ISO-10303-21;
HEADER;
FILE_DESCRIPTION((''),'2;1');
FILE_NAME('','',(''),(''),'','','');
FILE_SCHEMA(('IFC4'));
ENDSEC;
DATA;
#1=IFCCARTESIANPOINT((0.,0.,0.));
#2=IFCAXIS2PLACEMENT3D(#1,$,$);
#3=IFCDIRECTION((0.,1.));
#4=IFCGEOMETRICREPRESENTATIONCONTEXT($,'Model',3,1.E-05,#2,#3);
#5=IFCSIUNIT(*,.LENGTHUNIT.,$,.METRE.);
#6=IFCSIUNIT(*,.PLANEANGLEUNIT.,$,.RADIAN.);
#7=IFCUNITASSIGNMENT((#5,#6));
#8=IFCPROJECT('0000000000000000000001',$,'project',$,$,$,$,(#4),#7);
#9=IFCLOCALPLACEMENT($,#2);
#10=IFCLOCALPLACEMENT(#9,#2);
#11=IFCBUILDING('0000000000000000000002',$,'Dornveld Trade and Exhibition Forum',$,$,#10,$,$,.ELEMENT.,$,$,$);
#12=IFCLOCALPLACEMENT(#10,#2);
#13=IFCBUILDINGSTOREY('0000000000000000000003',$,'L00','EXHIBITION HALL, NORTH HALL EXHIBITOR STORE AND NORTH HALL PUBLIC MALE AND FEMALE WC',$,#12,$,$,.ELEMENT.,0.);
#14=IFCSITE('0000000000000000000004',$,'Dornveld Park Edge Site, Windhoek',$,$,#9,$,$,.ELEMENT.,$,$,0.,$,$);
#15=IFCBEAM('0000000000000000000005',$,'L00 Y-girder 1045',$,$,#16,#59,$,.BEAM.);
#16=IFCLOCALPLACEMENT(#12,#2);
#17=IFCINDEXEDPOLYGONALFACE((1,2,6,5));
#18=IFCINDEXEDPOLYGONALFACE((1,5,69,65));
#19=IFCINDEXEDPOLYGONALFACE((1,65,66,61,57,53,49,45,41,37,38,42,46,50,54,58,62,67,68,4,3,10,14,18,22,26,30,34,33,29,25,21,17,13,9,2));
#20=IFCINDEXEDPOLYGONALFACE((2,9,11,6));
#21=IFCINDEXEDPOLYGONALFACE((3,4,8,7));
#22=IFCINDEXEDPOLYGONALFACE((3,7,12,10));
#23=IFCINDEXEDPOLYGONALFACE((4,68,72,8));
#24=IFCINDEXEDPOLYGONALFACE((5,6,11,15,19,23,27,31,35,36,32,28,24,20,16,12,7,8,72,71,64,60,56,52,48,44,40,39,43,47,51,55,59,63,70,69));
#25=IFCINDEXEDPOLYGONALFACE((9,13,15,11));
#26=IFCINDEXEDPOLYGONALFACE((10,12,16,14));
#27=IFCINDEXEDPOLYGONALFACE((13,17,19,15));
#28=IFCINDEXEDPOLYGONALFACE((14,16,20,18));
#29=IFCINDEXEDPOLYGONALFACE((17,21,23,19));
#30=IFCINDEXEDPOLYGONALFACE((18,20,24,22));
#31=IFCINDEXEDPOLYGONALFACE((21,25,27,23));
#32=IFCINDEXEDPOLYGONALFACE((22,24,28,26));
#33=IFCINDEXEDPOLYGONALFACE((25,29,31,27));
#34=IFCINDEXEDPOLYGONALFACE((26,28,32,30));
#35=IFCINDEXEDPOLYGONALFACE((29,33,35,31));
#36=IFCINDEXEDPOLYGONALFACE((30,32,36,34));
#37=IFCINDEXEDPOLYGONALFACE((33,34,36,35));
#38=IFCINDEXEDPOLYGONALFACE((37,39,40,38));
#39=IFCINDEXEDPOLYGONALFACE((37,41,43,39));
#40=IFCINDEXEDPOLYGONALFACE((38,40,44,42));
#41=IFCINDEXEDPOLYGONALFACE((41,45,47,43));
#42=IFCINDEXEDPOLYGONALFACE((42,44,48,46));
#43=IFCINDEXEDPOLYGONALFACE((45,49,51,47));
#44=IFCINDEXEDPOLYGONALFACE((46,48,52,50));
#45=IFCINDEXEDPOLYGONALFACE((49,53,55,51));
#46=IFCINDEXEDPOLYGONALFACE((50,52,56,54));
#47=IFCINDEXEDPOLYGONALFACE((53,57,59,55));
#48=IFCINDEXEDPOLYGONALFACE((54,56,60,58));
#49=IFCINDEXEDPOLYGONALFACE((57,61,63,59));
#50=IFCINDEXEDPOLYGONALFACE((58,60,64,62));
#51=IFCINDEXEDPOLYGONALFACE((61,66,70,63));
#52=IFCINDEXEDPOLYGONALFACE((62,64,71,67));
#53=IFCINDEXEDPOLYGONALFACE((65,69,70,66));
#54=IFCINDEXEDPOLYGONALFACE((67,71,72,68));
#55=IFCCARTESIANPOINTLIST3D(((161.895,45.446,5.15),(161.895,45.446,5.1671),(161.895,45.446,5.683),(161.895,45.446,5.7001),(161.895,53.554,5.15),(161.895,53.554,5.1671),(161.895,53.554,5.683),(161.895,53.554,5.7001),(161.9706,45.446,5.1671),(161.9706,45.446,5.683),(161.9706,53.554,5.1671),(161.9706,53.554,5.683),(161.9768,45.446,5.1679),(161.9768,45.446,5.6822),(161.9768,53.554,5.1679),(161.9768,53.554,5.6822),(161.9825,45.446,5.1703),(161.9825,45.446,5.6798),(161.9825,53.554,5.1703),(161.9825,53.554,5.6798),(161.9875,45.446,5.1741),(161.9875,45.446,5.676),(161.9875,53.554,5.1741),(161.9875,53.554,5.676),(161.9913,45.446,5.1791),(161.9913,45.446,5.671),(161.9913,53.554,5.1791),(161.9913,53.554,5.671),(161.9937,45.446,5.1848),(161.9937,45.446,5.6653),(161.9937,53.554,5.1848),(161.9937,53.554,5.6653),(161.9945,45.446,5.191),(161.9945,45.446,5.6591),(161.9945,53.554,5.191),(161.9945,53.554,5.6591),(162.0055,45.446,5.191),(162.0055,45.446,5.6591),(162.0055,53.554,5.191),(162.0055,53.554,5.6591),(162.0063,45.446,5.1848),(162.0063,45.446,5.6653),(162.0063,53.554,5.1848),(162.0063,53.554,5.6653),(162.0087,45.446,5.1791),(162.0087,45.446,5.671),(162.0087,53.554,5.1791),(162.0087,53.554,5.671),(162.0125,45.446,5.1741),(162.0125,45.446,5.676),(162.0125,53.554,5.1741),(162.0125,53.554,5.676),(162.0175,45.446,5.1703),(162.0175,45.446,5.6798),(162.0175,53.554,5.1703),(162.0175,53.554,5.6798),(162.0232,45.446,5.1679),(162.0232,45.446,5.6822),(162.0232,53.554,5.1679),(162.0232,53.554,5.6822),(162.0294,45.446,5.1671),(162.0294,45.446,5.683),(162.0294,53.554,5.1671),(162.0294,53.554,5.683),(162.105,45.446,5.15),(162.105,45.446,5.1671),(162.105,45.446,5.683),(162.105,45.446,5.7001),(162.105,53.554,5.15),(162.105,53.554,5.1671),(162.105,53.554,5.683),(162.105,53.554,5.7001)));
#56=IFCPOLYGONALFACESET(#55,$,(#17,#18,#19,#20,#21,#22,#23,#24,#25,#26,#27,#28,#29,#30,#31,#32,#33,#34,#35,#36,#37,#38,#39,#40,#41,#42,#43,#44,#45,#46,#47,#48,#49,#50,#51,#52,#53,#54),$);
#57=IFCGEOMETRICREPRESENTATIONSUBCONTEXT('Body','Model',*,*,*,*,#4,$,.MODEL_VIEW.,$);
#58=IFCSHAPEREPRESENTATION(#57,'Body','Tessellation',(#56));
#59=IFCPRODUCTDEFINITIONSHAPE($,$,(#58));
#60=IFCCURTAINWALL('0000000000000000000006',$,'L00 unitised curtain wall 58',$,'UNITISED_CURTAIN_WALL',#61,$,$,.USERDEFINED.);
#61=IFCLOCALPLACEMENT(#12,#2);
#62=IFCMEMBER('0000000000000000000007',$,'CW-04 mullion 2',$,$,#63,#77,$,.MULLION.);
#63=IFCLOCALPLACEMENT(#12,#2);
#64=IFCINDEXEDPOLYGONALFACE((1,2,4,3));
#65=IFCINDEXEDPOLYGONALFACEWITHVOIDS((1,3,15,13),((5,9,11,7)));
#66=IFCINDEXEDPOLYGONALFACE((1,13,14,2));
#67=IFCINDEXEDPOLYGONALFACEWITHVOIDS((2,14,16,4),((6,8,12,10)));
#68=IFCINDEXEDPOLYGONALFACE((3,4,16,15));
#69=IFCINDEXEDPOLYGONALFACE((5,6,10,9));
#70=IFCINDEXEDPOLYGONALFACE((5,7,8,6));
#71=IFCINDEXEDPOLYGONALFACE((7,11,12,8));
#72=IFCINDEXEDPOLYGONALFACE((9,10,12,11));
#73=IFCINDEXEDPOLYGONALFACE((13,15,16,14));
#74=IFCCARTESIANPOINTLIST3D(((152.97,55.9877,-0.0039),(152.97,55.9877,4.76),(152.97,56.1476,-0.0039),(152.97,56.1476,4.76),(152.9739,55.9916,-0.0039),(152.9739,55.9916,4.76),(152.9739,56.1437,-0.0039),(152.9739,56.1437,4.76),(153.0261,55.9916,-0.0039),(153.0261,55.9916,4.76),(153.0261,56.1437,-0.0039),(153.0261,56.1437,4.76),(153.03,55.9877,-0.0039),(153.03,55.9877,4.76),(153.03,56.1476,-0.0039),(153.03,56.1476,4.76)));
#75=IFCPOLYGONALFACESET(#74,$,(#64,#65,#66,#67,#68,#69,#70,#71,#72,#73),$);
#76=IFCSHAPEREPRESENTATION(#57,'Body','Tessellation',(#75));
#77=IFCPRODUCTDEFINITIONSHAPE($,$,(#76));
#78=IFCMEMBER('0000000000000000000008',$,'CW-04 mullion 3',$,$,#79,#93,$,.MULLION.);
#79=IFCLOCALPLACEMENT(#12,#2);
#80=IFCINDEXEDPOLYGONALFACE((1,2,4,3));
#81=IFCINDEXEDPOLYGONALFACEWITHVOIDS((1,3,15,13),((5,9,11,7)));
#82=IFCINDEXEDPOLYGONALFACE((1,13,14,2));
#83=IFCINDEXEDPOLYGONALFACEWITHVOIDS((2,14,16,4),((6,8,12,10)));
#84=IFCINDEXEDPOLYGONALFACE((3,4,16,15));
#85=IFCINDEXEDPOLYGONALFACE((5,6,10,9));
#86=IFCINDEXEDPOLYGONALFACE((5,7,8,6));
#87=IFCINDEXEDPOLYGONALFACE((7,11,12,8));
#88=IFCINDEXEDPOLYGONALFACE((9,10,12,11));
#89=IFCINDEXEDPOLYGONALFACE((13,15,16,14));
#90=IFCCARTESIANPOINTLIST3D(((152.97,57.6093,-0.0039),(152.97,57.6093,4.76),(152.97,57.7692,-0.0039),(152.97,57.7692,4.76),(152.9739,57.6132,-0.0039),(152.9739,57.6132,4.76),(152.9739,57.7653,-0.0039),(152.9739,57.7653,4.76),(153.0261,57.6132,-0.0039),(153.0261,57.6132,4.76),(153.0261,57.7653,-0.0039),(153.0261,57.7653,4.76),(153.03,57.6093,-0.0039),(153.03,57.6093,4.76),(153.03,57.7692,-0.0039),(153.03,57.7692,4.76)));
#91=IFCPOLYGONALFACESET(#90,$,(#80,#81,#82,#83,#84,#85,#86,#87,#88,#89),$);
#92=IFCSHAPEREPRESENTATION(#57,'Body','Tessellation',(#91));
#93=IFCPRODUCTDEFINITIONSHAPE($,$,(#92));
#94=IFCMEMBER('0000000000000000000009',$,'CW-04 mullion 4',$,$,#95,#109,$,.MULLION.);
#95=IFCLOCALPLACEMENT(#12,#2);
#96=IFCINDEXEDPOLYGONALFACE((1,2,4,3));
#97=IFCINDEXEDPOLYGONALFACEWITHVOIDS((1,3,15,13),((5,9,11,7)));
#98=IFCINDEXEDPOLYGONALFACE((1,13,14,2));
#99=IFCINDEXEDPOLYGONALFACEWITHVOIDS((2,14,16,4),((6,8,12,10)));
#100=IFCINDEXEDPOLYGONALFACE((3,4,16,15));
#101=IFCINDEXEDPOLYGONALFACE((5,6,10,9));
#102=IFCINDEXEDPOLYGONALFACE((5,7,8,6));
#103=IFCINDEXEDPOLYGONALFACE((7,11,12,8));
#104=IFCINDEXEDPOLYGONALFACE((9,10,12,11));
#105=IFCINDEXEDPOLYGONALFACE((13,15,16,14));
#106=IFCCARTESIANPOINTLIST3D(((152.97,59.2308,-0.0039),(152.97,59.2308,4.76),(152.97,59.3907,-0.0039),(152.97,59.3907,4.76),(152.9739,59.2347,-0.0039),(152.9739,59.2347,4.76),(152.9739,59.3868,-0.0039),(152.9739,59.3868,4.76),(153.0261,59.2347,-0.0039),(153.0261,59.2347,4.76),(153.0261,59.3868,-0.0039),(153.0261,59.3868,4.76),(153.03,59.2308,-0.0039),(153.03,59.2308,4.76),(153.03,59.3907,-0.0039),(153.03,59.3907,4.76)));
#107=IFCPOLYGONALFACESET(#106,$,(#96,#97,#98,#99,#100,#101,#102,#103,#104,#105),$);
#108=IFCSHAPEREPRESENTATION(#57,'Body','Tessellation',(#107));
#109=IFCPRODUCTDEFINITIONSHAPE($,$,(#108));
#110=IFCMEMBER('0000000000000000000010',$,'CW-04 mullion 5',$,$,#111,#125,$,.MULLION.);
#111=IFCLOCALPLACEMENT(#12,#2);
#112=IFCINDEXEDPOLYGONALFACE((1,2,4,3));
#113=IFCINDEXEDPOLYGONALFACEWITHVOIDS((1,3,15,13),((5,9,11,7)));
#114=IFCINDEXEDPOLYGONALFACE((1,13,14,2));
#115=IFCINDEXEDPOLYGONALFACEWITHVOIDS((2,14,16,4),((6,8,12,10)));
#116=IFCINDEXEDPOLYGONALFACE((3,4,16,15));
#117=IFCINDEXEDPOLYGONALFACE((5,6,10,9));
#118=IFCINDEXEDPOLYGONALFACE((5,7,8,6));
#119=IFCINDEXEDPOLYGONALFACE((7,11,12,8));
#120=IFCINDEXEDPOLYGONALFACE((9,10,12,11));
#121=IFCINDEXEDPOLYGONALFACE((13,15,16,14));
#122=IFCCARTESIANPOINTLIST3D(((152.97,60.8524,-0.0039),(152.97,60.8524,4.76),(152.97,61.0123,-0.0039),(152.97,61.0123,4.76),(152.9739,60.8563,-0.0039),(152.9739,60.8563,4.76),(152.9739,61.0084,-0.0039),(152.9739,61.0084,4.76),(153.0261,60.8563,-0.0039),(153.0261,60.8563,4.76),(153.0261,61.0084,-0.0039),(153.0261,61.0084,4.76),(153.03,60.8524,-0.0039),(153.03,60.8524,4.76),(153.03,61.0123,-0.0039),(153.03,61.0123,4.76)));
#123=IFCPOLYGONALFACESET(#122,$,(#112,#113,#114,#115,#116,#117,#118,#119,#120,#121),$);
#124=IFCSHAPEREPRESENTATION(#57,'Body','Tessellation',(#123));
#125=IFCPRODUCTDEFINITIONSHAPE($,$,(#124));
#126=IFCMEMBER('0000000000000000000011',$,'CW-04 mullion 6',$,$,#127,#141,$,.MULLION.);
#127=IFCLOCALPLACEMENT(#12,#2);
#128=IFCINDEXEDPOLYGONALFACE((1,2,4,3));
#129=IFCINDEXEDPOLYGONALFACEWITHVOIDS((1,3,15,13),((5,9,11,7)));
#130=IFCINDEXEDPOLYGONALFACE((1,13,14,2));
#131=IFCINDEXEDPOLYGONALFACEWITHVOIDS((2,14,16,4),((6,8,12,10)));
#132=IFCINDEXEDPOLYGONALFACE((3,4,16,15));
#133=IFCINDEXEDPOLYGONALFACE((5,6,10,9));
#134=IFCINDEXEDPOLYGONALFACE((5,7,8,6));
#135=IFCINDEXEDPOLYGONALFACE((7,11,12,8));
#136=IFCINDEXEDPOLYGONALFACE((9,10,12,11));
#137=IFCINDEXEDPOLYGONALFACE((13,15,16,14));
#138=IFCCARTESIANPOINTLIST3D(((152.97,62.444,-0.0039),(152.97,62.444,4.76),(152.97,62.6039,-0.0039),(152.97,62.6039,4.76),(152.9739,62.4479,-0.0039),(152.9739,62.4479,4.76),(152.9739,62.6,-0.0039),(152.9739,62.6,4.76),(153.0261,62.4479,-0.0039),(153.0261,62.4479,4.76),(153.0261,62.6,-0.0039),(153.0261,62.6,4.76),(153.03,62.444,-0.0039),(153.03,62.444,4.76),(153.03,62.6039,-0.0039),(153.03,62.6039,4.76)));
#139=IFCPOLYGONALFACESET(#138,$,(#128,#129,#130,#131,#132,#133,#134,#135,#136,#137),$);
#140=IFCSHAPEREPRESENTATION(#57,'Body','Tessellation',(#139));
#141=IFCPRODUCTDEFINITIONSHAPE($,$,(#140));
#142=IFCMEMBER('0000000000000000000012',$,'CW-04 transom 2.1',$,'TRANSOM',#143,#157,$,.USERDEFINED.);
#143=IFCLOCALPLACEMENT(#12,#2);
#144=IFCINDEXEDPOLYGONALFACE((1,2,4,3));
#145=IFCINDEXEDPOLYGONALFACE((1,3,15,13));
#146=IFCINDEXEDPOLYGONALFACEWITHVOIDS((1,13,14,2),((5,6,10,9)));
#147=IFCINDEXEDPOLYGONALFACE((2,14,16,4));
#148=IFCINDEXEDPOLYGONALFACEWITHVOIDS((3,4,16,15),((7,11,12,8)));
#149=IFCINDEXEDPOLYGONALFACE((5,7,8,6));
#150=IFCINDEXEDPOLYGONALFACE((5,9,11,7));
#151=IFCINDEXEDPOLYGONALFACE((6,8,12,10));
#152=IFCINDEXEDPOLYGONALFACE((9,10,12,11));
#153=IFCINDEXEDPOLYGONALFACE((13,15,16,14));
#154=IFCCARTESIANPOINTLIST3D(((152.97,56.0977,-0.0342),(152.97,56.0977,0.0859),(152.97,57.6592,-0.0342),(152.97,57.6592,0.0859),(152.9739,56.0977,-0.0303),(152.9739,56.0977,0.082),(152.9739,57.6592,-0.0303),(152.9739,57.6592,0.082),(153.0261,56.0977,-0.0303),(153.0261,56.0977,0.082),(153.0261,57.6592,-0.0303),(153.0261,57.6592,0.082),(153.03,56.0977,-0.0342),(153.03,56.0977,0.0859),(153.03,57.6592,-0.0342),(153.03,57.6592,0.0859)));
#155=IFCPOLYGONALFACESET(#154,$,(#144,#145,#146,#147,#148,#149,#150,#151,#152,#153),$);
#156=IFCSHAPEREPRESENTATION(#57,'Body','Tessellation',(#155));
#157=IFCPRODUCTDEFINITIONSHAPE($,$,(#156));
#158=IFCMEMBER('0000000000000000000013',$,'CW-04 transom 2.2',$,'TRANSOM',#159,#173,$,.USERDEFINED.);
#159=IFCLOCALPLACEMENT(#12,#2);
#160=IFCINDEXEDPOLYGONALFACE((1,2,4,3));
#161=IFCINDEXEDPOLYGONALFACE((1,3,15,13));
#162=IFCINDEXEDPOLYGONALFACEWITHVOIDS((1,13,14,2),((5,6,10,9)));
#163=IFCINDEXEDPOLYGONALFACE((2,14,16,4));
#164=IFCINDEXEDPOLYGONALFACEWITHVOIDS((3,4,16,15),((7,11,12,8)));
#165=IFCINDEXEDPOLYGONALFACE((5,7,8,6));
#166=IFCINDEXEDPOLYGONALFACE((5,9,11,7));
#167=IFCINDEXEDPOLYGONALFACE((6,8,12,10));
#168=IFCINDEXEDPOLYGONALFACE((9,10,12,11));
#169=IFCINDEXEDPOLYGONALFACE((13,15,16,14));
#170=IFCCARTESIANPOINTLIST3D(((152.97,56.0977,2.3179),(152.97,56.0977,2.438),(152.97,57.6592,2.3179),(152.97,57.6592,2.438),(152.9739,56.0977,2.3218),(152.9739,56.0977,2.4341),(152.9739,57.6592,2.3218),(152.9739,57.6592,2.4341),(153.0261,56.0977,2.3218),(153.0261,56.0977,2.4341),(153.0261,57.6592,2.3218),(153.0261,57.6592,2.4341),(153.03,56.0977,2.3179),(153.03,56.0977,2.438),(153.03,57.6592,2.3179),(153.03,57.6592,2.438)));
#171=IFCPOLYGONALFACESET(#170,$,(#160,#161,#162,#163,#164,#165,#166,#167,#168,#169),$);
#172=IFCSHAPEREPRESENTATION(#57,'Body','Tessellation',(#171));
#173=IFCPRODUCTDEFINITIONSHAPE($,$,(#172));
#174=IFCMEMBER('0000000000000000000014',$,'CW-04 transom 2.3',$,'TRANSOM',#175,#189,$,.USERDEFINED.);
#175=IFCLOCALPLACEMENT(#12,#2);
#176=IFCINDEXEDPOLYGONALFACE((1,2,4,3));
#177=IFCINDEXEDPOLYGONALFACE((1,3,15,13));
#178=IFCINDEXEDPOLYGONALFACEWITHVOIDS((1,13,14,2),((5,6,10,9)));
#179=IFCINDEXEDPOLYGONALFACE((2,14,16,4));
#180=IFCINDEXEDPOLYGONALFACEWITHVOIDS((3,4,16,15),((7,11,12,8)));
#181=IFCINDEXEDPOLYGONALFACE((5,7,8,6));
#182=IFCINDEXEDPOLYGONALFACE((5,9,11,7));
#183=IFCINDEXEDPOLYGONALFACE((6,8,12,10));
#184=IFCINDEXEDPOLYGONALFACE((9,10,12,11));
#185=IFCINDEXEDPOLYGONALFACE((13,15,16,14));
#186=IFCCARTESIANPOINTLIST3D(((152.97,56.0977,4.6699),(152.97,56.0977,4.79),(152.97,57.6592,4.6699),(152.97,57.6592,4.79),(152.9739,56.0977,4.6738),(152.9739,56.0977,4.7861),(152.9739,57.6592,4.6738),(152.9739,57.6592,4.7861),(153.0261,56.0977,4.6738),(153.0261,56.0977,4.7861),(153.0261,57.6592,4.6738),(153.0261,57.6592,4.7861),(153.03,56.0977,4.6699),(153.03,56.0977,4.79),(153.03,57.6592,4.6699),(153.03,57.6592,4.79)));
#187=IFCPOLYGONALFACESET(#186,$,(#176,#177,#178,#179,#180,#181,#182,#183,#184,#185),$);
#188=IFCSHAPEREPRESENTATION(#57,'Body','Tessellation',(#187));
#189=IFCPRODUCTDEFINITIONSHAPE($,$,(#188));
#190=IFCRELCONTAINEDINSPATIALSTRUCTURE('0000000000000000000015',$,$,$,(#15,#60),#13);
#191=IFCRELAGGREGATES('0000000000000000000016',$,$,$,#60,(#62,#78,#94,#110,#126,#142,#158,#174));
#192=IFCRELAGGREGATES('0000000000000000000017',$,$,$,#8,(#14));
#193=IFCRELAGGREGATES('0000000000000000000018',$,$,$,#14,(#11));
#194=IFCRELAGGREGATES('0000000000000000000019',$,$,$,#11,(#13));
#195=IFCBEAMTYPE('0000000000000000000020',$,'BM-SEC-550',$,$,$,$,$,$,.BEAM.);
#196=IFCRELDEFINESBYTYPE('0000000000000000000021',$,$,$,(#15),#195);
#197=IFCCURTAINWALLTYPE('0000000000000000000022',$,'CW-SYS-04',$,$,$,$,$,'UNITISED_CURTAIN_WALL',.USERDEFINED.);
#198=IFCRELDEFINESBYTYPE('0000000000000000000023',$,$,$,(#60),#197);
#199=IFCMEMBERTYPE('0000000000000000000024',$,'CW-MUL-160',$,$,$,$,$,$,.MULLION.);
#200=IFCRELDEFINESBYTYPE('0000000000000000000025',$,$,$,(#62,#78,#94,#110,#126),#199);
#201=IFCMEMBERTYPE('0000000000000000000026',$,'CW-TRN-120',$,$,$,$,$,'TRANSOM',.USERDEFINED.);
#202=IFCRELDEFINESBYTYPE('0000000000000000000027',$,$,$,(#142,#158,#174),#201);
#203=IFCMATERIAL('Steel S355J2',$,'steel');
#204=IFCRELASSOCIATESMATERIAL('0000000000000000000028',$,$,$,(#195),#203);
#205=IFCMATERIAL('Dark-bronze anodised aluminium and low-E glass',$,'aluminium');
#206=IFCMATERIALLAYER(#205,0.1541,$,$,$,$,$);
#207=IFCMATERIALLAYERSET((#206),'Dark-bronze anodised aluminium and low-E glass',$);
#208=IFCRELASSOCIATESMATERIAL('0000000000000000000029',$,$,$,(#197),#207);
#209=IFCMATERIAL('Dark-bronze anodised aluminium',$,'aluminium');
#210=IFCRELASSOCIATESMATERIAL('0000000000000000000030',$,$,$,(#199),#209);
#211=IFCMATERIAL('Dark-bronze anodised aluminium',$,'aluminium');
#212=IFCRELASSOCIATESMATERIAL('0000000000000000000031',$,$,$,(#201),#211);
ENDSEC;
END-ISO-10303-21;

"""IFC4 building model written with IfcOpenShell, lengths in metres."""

from ifc_helpers import new_model, si_unit, direction, frame, origin, origin_2d, place, context, subcontext, project, spatial, hollow_rectangle, i_section, extrude, material, layer, layer_set, material_profile, profile_set, type_object, element, aggregate, save


model = new_model("IFC4")

# Units and contexts
model_context = context("Model", 3, precision=1e-05, world=origin(), true_north=direction((0.0, 1.0)))
body_context = subcontext(model_context, "Body", "Model", "MODEL_VIEW")
ifc_project = project(units=[si_unit("LENGTHUNIT", "METRE"), si_unit("PLANEANGLEUNIT", "RADIAN")], contexts=[model_context])

# Site, building, storey
site_placement = place(None, origin())
site = spatial("IfcSite", under=ifc_project, at=site_placement, Name="Dornveld Park Edge Site, Windhoek", CompositionType="ELEMENT", RefElevation=0.0)
building_placement = place(site_placement, origin())
building = spatial("IfcBuilding", under=site, at=building_placement, Name="Dornveld Trade and Exhibition Forum", CompositionType="ELEMENT")
storey_placement = place(building_placement, origin())
storey = spatial("IfcBuildingStorey", under=building, at=storey_placement, Name="L00", Description="EXHIBITION HALL, NORTH HALL EXHIBITOR STORE AND NORTH HALL PUBLIC MALE AND FEMALE WC", CompositionType="ELEMENT", Elevation=0.0)

# Beam
ifc_material_1 = material(Name="Steel S355J2", Category="steel")
ifc_material_profile_1 = material_profile(ifc_material_1, i_section(OverallWidth=0.21, OverallDepth=0.55, WebThickness=0.011, FlangeThickness=0.0171, FilletRadius=0.0239, at=origin_2d()), Name="IPE 550")
ifc_profile_set_1 = profile_set([ifc_material_profile_1], Name="Steel S355J2")
beam_type_1 = type_object("IfcBeamType", Name="BM-SEC-550", PredefinedType="BEAM", material=ifc_profile_set_1)
for number, where, z_axis, x_axis, name in (
    (1, (162.0, 45.446, 5.425), (0.0, 1.0, 0.0), (-1.0, 0.0, 0.0), "L00 Y-girder 1045"),
):
    element("IfcBeam", number, at=place(storey_placement, frame(where, z_axis=z_axis, x_axis=x_axis)), inside=storey, type_object=beam_type_1, Name=name, PredefinedType="BEAM", context=body_context, shape_type="SweptSolid", body=[
        extrude(i_section(OverallWidth=0.21, OverallDepth=0.55, WebThickness=0.011, FlangeThickness=0.0171, FilletRadius=0.0239, at=origin_2d()), origin(), (0.0, 0.0, 1.0), 8.1079),
    ])

# Curtain wall, members
ifc_material_2 = material(Name="Dark-bronze anodised aluminium and low-E glass", Category="aluminium")
ifc_layer_1 = layer(ifc_material_2, 0.1541)
ifc_layer_set_1 = layer_set([ifc_layer_1], Name="Dark-bronze anodised aluminium and low-E glass")
curtain_wall_type = type_object("IfcCurtainWallType", Name="CW-SYS-04", ElementType="UNITISED_CURTAIN_WALL", PredefinedType="USERDEFINED", material=ifc_layer_set_1)
curtain_wall_placement = place(storey_placement, origin())
curtain_wall = element("IfcCurtainWall", 2, at=curtain_wall_placement, inside=storey, type_object=curtain_wall_type, Name="L00 unitised curtain wall 58", ObjectType="UNITISED_CURTAIN_WALL", PredefinedType="USERDEFINED")
ifc_material_3 = material(Name="Dark-bronze anodised aluminium", Category="aluminium")
ifc_material_profile_2 = material_profile(ifc_material_3, hollow_rectangle(XDim=0.0601, YDim=0.1599, WallThickness=0.0039, at=origin_2d()), Name="RHS 160x60x4")
ifc_profile_set_2 = profile_set([ifc_material_profile_2], Name="Dark-bronze anodised aluminium")
member_type_1 = type_object("IfcMemberType", Name="CW-MUL-160", PredefinedType="MULLION", material=ifc_profile_set_2)
member_1_placement = place(storey_placement, frame((153.0, 56.0676, -0.0039), z_axis=(0.0, 0.0, 1.0), x_axis=(-1.0, 0.0, 0.0)))
member_1 = element("IfcMember", 3, at=member_1_placement, type_object=member_type_1, Name="CW-04 mullion 2", PredefinedType="MULLION", context=body_context, shape_type="SweptSolid", body=[
    extrude(hollow_rectangle(XDim=0.0601, YDim=0.1599, WallThickness=0.0039, at=origin_2d()), origin(), (0.0, 0.0, 1.0), 4.7639),
])
member_2_placement = place(storey_placement, frame((153.0, 57.6892, -0.0039), z_axis=(0.0, 0.0, 1.0), x_axis=(-1.0, 0.0, 0.0)))
member_2 = element("IfcMember", 4, at=member_2_placement, type_object=member_type_1, Name="CW-04 mullion 3", PredefinedType="MULLION", context=body_context, shape_type="SweptSolid", body=[
    extrude(hollow_rectangle(XDim=0.0601, YDim=0.1599, WallThickness=0.0039, at=origin_2d()), origin(), (0.0, 0.0, 1.0), 4.7639),
])
member_3_placement = place(storey_placement, frame((153.0, 59.3108, -0.0039), z_axis=(0.0, 0.0, 1.0), x_axis=(-1.0, 0.0, 0.0)))
member_3 = element("IfcMember", 5, at=member_3_placement, type_object=member_type_1, Name="CW-04 mullion 4", PredefinedType="MULLION", context=body_context, shape_type="SweptSolid", body=[
    extrude(hollow_rectangle(XDim=0.0601, YDim=0.1599, WallThickness=0.0039, at=origin_2d()), origin(), (0.0, 0.0, 1.0), 4.7639),
])
member_4_placement = place(storey_placement, frame((153.0, 60.9324, -0.0039), z_axis=(0.0, 0.0, 1.0), x_axis=(-1.0, 0.0, 0.0)))
member_4 = element("IfcMember", 6, at=member_4_placement, type_object=member_type_1, Name="CW-04 mullion 5", PredefinedType="MULLION", context=body_context, shape_type="SweptSolid", body=[
    extrude(hollow_rectangle(XDim=0.0601, YDim=0.1599, WallThickness=0.0039, at=origin_2d()), origin(), (0.0, 0.0, 1.0), 4.7639),
])
member_5_placement = place(storey_placement, frame((153.0, 62.5239, -0.0039), z_axis=(0.0, 0.0, 1.0), x_axis=(-1.0, 0.0, 0.0)))
member_5 = element("IfcMember", 7, at=member_5_placement, type_object=member_type_1, Name="CW-04 mullion 6", PredefinedType="MULLION", context=body_context, shape_type="SweptSolid", body=[
    extrude(hollow_rectangle(XDim=0.0601, YDim=0.1599, WallThickness=0.0039, at=origin_2d()), origin(), (0.0, 0.0, 1.0), 4.7639),
])
ifc_material_4 = material(Name="Dark-bronze anodised aluminium", Category="aluminium")
ifc_material_profile_3 = material_profile(ifc_material_4, hollow_rectangle(XDim=0.0601, YDim=0.1201, WallThickness=0.0039, at=origin_2d()), Name="RHS 120x60x4")
ifc_profile_set_3 = profile_set([ifc_material_profile_3], Name="Dark-bronze anodised aluminium")
member_type_2 = type_object("IfcMemberType", Name="CW-TRN-120", ElementType="TRANSOM", PredefinedType="USERDEFINED", material=ifc_profile_set_3)
member_6_placement = place(storey_placement, frame((153.0, 56.0977, 0.0259), z_axis=(0.0, 1.0, 0.0), x_axis=(-1.0, 0.0, 0.0)))
member_6 = element("IfcMember", 8, at=member_6_placement, type_object=member_type_2, Name="CW-04 transom 2.1", ObjectType="TRANSOM", PredefinedType="USERDEFINED", context=body_context, shape_type="SweptSolid", body=[
    extrude(hollow_rectangle(XDim=0.0601, YDim=0.1201, WallThickness=0.0039, at=origin_2d()), origin(), (0.0, 0.0, 1.0), 1.5615),
])
member_7_placement = place(storey_placement, frame((153.0, 56.0977, 2.3779), z_axis=(0.0, 1.0, 0.0), x_axis=(-1.0, 0.0, 0.0)))
member_7 = element("IfcMember", 9, at=member_7_placement, type_object=member_type_2, Name="CW-04 transom 2.2", ObjectType="TRANSOM", PredefinedType="USERDEFINED", context=body_context, shape_type="SweptSolid", body=[
    extrude(hollow_rectangle(XDim=0.0601, YDim=0.1201, WallThickness=0.0039, at=origin_2d()), origin(), (0.0, 0.0, 1.0), 1.5615),
])
member_8_placement = place(storey_placement, frame((153.0, 56.0977, 4.73), z_axis=(0.0, 1.0, 0.0), x_axis=(-1.0, 0.0, 0.0)))
member_8 = element("IfcMember", 10, at=member_8_placement, type_object=member_type_2, Name="CW-04 transom 2.3", ObjectType="TRANSOM", PredefinedType="USERDEFINED", context=body_context, shape_type="SweptSolid", body=[
    extrude(hollow_rectangle(XDim=0.0601, YDim=0.1201, WallThickness=0.0039, at=origin_2d()), origin(), (0.0, 0.0, 1.0), 1.5615),
])
aggregate(curtain_wall, [member_1, member_2, member_3, member_4, member_5, member_6, member_7, member_8])

save(model, "model.ifc")
